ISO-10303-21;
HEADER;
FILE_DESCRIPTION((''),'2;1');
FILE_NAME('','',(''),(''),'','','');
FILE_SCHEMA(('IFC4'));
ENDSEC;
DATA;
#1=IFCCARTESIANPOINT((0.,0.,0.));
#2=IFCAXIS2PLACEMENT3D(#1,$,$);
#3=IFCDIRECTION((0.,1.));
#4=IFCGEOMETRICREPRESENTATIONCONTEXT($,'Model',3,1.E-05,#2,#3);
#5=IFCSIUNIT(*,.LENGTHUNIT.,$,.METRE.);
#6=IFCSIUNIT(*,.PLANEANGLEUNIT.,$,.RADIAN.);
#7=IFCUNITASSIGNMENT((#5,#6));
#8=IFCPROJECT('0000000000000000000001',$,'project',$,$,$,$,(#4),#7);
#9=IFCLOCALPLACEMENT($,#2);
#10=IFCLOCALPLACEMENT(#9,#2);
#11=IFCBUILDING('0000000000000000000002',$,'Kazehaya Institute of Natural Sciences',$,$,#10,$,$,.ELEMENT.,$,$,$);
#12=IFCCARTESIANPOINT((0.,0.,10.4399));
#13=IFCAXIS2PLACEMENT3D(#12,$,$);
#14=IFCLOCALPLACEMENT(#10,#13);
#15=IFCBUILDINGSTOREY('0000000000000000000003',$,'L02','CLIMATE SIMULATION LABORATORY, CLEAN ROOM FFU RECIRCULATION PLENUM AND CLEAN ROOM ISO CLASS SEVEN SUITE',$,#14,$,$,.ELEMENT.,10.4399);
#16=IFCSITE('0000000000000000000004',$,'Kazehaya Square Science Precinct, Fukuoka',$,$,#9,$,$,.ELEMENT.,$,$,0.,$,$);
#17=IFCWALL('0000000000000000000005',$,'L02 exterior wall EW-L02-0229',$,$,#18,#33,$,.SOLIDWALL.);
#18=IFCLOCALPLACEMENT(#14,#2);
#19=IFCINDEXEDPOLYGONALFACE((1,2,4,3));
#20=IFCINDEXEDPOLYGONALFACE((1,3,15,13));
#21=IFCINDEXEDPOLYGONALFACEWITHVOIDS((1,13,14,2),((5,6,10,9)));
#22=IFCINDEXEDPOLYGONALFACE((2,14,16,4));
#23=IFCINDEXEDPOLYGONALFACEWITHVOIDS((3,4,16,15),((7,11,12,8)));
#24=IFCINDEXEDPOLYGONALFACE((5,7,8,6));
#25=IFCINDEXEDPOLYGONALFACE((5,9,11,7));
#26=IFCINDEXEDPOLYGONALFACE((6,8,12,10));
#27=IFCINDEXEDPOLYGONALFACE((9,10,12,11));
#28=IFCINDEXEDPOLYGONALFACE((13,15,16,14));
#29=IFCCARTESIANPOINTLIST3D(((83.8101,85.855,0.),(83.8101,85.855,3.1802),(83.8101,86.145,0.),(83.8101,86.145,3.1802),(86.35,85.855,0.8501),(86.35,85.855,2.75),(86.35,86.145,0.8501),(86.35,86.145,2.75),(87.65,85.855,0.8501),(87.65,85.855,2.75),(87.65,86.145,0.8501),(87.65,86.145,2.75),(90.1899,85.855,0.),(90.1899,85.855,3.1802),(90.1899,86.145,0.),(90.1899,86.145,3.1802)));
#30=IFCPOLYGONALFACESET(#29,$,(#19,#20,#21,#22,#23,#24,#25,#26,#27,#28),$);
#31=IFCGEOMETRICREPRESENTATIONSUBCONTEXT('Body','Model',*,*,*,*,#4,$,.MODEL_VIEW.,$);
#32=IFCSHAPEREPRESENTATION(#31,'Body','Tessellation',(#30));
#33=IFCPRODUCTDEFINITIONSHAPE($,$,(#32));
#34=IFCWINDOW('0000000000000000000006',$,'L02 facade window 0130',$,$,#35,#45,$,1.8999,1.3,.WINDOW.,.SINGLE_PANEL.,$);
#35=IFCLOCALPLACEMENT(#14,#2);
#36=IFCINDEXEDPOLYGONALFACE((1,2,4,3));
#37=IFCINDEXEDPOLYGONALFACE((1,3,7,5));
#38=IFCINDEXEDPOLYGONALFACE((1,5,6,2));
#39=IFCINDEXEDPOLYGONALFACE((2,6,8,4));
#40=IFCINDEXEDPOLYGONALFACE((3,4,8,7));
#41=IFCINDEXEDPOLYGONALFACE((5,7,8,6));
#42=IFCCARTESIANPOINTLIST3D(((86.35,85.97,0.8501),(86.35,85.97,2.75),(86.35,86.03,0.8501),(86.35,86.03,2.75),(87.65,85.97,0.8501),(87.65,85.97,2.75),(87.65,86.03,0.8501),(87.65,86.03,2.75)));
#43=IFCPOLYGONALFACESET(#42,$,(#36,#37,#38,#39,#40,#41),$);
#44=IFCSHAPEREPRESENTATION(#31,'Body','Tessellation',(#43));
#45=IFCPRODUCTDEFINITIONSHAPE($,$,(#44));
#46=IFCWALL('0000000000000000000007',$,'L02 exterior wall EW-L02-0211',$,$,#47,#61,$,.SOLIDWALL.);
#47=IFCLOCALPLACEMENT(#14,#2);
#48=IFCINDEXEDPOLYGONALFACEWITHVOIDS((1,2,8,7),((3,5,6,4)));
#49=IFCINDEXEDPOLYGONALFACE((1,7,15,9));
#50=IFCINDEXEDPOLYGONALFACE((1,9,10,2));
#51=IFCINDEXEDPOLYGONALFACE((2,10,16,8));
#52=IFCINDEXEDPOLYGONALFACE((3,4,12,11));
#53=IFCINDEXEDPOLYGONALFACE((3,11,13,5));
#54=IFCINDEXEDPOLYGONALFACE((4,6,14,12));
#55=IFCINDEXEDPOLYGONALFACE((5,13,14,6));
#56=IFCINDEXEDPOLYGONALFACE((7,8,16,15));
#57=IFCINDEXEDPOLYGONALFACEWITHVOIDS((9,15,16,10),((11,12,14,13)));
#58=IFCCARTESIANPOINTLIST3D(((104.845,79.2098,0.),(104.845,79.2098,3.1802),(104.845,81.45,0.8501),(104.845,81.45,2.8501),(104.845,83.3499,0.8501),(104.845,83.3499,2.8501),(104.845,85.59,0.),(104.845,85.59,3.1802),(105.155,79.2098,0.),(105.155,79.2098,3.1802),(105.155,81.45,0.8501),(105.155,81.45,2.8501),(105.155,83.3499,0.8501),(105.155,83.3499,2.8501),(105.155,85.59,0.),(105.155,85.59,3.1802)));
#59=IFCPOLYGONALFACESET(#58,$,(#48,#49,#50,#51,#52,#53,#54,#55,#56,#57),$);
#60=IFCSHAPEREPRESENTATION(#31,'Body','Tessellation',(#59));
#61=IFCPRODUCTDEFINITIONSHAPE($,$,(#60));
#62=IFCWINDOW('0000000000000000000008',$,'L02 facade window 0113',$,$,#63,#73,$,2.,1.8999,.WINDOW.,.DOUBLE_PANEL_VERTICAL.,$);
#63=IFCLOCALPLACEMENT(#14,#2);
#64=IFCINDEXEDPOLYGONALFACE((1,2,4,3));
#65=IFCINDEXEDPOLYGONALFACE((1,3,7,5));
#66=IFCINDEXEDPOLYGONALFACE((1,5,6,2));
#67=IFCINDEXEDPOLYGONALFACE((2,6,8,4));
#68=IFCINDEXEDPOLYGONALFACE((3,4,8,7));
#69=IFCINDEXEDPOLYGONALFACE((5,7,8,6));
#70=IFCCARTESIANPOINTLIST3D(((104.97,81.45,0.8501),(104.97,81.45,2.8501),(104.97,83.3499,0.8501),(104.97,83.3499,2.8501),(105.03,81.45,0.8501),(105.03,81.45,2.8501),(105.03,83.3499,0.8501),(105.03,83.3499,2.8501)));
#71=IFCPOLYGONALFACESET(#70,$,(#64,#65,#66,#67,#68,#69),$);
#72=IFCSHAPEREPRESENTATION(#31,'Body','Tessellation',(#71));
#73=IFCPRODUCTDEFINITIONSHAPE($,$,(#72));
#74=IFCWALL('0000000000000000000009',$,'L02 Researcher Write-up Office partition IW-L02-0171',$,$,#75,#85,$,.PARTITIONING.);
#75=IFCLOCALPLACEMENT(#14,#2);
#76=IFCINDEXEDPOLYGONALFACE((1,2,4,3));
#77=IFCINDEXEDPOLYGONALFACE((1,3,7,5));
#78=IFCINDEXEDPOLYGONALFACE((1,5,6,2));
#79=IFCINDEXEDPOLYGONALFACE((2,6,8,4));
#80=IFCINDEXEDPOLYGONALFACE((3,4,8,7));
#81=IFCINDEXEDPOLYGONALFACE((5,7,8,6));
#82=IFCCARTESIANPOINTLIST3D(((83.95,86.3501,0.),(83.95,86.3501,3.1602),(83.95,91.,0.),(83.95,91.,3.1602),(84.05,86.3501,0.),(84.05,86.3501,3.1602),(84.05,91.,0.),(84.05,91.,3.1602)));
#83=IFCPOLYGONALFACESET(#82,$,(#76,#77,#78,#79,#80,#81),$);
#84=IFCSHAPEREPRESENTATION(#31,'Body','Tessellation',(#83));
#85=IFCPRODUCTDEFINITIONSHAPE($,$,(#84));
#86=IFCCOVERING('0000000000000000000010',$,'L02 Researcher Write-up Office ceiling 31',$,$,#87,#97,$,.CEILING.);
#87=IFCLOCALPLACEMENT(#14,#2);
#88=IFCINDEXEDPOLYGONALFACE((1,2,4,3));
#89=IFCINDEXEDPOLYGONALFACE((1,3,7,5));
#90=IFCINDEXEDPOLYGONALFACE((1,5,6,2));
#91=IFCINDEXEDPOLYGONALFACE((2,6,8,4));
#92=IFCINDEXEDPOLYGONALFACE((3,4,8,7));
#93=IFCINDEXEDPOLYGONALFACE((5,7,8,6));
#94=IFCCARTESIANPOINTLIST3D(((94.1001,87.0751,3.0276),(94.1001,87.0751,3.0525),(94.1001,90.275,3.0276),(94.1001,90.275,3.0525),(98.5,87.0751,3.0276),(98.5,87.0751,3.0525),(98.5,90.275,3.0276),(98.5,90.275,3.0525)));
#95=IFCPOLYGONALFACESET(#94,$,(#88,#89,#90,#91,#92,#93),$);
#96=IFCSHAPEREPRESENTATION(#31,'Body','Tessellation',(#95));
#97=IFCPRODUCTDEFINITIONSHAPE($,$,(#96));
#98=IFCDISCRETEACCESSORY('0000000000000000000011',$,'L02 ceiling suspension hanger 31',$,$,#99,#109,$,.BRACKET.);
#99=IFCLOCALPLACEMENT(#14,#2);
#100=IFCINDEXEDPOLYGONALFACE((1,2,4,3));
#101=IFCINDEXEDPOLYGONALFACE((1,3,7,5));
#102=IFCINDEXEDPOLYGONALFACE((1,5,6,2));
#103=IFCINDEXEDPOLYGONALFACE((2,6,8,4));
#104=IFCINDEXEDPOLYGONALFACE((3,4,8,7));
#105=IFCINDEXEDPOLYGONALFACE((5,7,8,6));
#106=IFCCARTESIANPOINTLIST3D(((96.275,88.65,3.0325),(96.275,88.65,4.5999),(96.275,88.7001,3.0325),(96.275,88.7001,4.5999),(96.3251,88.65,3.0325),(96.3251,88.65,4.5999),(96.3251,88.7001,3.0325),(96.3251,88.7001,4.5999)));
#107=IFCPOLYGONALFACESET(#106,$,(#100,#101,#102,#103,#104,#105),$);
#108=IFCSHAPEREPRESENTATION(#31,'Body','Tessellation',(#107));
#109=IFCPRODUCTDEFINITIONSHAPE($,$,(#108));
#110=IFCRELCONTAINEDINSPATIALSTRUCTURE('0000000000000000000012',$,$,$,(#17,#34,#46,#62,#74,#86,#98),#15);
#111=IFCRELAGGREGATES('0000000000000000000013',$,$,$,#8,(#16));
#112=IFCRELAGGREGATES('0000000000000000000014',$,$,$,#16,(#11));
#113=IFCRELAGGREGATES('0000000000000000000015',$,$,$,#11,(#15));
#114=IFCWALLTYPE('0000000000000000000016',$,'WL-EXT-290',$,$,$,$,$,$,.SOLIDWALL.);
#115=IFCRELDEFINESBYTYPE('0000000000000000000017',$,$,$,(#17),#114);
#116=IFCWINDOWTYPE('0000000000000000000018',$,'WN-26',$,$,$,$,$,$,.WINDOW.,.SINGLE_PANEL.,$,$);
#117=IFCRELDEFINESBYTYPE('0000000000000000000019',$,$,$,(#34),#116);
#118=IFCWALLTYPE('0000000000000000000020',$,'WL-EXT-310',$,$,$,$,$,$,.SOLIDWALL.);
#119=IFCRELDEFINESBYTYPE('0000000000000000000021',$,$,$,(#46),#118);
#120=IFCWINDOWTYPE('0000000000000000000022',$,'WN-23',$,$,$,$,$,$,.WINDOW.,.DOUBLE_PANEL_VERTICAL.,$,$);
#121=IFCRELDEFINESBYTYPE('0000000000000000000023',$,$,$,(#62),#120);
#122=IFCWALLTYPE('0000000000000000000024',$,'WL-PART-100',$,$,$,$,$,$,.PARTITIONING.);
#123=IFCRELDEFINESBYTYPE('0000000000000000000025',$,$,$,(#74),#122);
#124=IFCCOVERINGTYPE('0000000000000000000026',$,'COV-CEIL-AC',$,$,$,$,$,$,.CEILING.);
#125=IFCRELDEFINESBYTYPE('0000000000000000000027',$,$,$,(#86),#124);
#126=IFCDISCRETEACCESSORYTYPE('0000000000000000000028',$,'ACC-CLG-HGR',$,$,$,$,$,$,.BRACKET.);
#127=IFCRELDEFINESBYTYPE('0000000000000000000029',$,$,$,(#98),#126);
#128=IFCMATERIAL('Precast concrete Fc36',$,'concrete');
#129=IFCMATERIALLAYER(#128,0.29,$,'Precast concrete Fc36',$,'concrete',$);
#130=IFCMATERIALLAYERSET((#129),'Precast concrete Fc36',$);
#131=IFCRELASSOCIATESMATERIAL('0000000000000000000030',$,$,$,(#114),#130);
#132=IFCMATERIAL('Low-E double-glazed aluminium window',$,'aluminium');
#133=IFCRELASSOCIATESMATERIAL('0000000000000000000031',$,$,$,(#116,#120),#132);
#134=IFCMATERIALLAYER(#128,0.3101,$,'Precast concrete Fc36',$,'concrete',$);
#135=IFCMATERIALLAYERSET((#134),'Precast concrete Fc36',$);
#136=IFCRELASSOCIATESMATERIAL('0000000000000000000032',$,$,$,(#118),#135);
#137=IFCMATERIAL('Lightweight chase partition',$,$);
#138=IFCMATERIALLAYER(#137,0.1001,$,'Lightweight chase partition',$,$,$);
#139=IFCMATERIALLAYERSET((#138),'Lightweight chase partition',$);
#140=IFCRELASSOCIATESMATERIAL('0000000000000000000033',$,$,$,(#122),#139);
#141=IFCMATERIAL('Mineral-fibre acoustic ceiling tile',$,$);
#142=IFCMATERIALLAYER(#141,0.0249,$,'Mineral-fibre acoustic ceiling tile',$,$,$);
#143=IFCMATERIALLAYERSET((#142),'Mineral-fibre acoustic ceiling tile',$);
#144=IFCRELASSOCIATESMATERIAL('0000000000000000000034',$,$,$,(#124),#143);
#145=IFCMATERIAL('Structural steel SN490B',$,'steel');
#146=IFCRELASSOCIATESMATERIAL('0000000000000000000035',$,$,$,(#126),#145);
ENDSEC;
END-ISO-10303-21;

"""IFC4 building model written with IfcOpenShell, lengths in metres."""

from ifc_helpers import new_model, si_unit, direction, frame, frame_2d, origin, origin_2d, place, context, subcontext, project, spatial, rectangle, extrude, material, layer, layer_set, type_object, element, fill, save


model = new_model("IFC4")

# Units and contexts
model_context = context("Model", 3, precision=1e-05, world=origin(), true_north=direction((0.0, 1.0)))
body_context = subcontext(model_context, "Body", "Model", "MODEL_VIEW")
ifc_project = project(units=[si_unit("LENGTHUNIT", "METRE"), si_unit("PLANEANGLEUNIT", "RADIAN")], contexts=[model_context])

# Site, building, storey
site_placement = place(None, origin())
site = spatial("IfcSite", under=ifc_project, at=site_placement, Name="Kazehaya Square Science Precinct, Fukuoka", CompositionType="ELEMENT", RefElevation=0.0)
building_placement = place(site_placement, origin())
building = spatial("IfcBuilding", under=site, at=building_placement, Name="Kazehaya Institute of Natural Sciences", CompositionType="ELEMENT")
storey_placement = place(building_placement, frame((0.0, 0.0, 10.4399)))
storey = spatial("IfcBuildingStorey", under=building, at=storey_placement, Name="L02", Description="CLIMATE SIMULATION LABORATORY, CLEAN ROOM FFU RECIRCULATION PLENUM AND CLEAN ROOM ISO CLASS SEVEN SUITE", CompositionType="ELEMENT", Elevation=10.4399)

# Walls, openings, windows
ifc_material_1 = material(Name="Precast concrete Fc36", Category="concrete")
ifc_layer_1 = layer(ifc_material_1, 0.29, Name="Precast concrete Fc36", Category="concrete")
ifc_layer_set_1 = layer_set([ifc_layer_1], Name="Precast concrete Fc36")
wall_type_1 = type_object("IfcWallType", Name="WL-EXT-290", PredefinedType="SOLIDWALL", material=ifc_layer_set_1)
ifc_material_2 = material(Name="Low-E double-glazed aluminium window", Category="aluminium")
window_type_1 = type_object("IfcWindowType", Name="WN-26", PartitioningType="SINGLE_PANEL", PredefinedType="WINDOW", material=ifc_material_2)
wall_1_placement = place(storey_placement, frame((90.1899, 86.0, 0.0), z_axis=(0.0, 0.0, 1.0), x_axis=(-1.0, 0.0, 0.0)))
wall_1 = element("IfcWall", 1, at=wall_1_placement, inside=storey, type_object=wall_type_1, Name="L02 exterior wall EW-L02-0229", PredefinedType="SOLIDWALL", context=body_context, shape_type="SweptSolid", body=[
    extrude(rectangle(XDim=6.3799, YDim=0.29, at=frame_2d((3.1899, 0.0))), origin(), (0.0, 0.0, 1.0), 3.1802),
])
opening_1_placement = place(wall_1_placement, frame((2.54, 0.0, 0.8501)))
opening_1 = element("IfcOpeningElement", 2, at=opening_1_placement, cuts=wall_1, PredefinedType="OPENING", context=body_context, shape_type="SweptSolid", body=[
    extrude(rectangle(XDim=1.3, YDim=1.8999, at=frame_2d((0.6499, 0.95))), frame((0.0, 0.155, 0.0), z_axis=(0.0, -1.0, 0.0), x_axis=(1.0, 0.0, 0.0)), (0.0, 0.0, 1.0), 0.3101),
])
window_1_placement = place(opening_1_placement, origin())
window_1 = element("IfcWindow", 3, at=window_1_placement, inside=storey, type_object=window_type_1, Name="L02 facade window 0130", OverallHeight=1.8999, OverallWidth=1.3, PartitioningType="SINGLE_PANEL", PredefinedType="WINDOW", context=body_context, shape_type="SweptSolid", body=[
    extrude(rectangle(XDim=1.3, YDim=1.8999, at=frame_2d((0.6499, 0.95))), frame((0.0, 0.03, 0.0), z_axis=(0.0, -1.0, 0.0), x_axis=(1.0, 0.0, 0.0)), (0.0, 0.0, 1.0), 0.0601),
])
fill(opening_1, window_1)
ifc_layer_2 = layer(ifc_material_1, 0.3101, Name="Precast concrete Fc36", Category="concrete")
ifc_layer_set_2 = layer_set([ifc_layer_2], Name="Precast concrete Fc36")
wall_type_2 = type_object("IfcWallType", Name="WL-EXT-310", PredefinedType="SOLIDWALL", material=ifc_layer_set_2)
wall_2_placement = place(storey_placement, frame((105.0, 79.21, 0.0), z_axis=(0.0, 0.0, 1.0), x_axis=(0.0, 1.0, 0.0)))
wall_2 = element("IfcWall", 4, at=wall_2_placement, inside=storey, type_object=wall_type_2, Name="L02 exterior wall EW-L02-0211", PredefinedType="SOLIDWALL", context=body_context, shape_type="SweptSolid", body=[
    extrude(rectangle(XDim=6.3801, YDim=0.3101, at=frame_2d((3.1899, 0.0))), origin(), (0.0, 0.0, 1.0), 3.1802),
])
opening_2_placement = place(wall_2_placement, frame((2.24, 0.0, 0.8501)))
opening_2 = element("IfcOpeningElement", 5, at=opening_2_placement, cuts=wall_2, PredefinedType="OPENING", context=body_context, shape_type="SweptSolid", body=[
    extrude(rectangle(XDim=1.8999, YDim=2.0, at=frame_2d((0.95, 1.0))), frame((0.0, 0.165, 0.0), z_axis=(0.0, -1.0, 0.0), x_axis=(1.0, 0.0, 0.0)), (0.0, 0.0, 1.0), 0.3301),
])
window_type_2 = type_object("IfcWindowType", Name="WN-23", PartitioningType="DOUBLE_PANEL_VERTICAL", PredefinedType="WINDOW", material=ifc_material_2)
window_2_placement = place(opening_2_placement, origin())
window_2 = element("IfcWindow", 6, at=window_2_placement, inside=storey, type_object=window_type_2, Name="L02 facade window 0113", OverallHeight=2.0, OverallWidth=1.8999, PartitioningType="DOUBLE_PANEL_VERTICAL", PredefinedType="WINDOW", context=body_context, shape_type="SweptSolid", body=[
    extrude(rectangle(XDim=1.8999, YDim=2.0, at=frame_2d((0.95, 1.0))), frame((0.0, 0.03, 0.0), z_axis=(0.0, -1.0, 0.0), x_axis=(1.0, 0.0, 0.0)), (0.0, 0.0, 1.0), 0.0601),
])
fill(opening_2, window_2)

# Wall
ifc_material_3 = material(Name="Lightweight chase partition")
ifc_layer_3 = layer(ifc_material_3, 0.1001, Name="Lightweight chase partition")
ifc_layer_set_3 = layer_set([ifc_layer_3], Name="Lightweight chase partition")
wall_type_3 = type_object("IfcWallType", Name="WL-PART-100", PredefinedType="PARTITIONING", material=ifc_layer_set_3)
wall_3_placement = place(storey_placement, frame((84.0, 86.3501, 0.0), z_axis=(0.0, 0.0, 1.0), x_axis=(0.0, 1.0, 0.0)))
element("IfcWall", 7, at=wall_3_placement, inside=storey, type_object=wall_type_3, Name="L02 Researcher Write-up Office partition IW-L02-0171", PredefinedType="PARTITIONING", context=body_context, shape_type="SweptSolid", body=[
    extrude(rectangle(XDim=4.6499, YDim=0.1001, at=frame_2d((2.325, 0.0))), origin(), (0.0, 0.0, 1.0), 3.1602),
])

# Covering
ifc_material_4 = material(Name="Mineral-fibre acoustic ceiling tile")
ifc_layer_4 = layer(ifc_material_4, 0.0249, Name="Mineral-fibre acoustic ceiling tile")
ifc_layer_set_4 = layer_set([ifc_layer_4], Name="Mineral-fibre acoustic ceiling tile")
covering_type = type_object("IfcCoveringType", Name="COV-CEIL-AC", PredefinedType="CEILING", material=ifc_layer_set_4)
covering_placement = place(storey_placement, frame((96.3, 88.675, 3.0276), z_axis=(0.0, 0.0, 1.0), x_axis=(1.0, 0.0, 0.0)))
element("IfcCovering", 8, at=covering_placement, inside=storey, type_object=covering_type, Name="L02 Researcher Write-up Office ceiling 31", PredefinedType="CEILING", context=body_context, shape_type="SweptSolid", body=[
    extrude(rectangle(XDim=4.3999, YDim=3.2, at=origin_2d()), origin(), (0.0, 0.0, 1.0), 0.0249),
])

# Discrete accessory
ifc_material_5 = material(Name="Structural steel SN490B", Category="steel")
discrete_accessory_type = type_object("IfcDiscreteAccessoryType", Name="ACC-CLG-HGR", PredefinedType="BRACKET", material=ifc_material_5)
discrete_accessory_placement = place(storey_placement, frame((96.3, 88.675, 3.0325), z_axis=(0.0, 0.0, 1.0), x_axis=(1.0, 0.0, 0.0)))
element("IfcDiscreteAccessory", 9, at=discrete_accessory_placement, inside=storey, type_object=discrete_accessory_type, Name="L02 ceiling suspension hanger 31", PredefinedType="BRACKET", context=body_context, shape_type="SweptSolid", body=[
    extrude(rectangle(XDim=0.05, YDim=0.05, at=origin_2d()), origin(), (0.0, 0.0, 1.0), 1.5674),
])

save(model, "model.ifc")
